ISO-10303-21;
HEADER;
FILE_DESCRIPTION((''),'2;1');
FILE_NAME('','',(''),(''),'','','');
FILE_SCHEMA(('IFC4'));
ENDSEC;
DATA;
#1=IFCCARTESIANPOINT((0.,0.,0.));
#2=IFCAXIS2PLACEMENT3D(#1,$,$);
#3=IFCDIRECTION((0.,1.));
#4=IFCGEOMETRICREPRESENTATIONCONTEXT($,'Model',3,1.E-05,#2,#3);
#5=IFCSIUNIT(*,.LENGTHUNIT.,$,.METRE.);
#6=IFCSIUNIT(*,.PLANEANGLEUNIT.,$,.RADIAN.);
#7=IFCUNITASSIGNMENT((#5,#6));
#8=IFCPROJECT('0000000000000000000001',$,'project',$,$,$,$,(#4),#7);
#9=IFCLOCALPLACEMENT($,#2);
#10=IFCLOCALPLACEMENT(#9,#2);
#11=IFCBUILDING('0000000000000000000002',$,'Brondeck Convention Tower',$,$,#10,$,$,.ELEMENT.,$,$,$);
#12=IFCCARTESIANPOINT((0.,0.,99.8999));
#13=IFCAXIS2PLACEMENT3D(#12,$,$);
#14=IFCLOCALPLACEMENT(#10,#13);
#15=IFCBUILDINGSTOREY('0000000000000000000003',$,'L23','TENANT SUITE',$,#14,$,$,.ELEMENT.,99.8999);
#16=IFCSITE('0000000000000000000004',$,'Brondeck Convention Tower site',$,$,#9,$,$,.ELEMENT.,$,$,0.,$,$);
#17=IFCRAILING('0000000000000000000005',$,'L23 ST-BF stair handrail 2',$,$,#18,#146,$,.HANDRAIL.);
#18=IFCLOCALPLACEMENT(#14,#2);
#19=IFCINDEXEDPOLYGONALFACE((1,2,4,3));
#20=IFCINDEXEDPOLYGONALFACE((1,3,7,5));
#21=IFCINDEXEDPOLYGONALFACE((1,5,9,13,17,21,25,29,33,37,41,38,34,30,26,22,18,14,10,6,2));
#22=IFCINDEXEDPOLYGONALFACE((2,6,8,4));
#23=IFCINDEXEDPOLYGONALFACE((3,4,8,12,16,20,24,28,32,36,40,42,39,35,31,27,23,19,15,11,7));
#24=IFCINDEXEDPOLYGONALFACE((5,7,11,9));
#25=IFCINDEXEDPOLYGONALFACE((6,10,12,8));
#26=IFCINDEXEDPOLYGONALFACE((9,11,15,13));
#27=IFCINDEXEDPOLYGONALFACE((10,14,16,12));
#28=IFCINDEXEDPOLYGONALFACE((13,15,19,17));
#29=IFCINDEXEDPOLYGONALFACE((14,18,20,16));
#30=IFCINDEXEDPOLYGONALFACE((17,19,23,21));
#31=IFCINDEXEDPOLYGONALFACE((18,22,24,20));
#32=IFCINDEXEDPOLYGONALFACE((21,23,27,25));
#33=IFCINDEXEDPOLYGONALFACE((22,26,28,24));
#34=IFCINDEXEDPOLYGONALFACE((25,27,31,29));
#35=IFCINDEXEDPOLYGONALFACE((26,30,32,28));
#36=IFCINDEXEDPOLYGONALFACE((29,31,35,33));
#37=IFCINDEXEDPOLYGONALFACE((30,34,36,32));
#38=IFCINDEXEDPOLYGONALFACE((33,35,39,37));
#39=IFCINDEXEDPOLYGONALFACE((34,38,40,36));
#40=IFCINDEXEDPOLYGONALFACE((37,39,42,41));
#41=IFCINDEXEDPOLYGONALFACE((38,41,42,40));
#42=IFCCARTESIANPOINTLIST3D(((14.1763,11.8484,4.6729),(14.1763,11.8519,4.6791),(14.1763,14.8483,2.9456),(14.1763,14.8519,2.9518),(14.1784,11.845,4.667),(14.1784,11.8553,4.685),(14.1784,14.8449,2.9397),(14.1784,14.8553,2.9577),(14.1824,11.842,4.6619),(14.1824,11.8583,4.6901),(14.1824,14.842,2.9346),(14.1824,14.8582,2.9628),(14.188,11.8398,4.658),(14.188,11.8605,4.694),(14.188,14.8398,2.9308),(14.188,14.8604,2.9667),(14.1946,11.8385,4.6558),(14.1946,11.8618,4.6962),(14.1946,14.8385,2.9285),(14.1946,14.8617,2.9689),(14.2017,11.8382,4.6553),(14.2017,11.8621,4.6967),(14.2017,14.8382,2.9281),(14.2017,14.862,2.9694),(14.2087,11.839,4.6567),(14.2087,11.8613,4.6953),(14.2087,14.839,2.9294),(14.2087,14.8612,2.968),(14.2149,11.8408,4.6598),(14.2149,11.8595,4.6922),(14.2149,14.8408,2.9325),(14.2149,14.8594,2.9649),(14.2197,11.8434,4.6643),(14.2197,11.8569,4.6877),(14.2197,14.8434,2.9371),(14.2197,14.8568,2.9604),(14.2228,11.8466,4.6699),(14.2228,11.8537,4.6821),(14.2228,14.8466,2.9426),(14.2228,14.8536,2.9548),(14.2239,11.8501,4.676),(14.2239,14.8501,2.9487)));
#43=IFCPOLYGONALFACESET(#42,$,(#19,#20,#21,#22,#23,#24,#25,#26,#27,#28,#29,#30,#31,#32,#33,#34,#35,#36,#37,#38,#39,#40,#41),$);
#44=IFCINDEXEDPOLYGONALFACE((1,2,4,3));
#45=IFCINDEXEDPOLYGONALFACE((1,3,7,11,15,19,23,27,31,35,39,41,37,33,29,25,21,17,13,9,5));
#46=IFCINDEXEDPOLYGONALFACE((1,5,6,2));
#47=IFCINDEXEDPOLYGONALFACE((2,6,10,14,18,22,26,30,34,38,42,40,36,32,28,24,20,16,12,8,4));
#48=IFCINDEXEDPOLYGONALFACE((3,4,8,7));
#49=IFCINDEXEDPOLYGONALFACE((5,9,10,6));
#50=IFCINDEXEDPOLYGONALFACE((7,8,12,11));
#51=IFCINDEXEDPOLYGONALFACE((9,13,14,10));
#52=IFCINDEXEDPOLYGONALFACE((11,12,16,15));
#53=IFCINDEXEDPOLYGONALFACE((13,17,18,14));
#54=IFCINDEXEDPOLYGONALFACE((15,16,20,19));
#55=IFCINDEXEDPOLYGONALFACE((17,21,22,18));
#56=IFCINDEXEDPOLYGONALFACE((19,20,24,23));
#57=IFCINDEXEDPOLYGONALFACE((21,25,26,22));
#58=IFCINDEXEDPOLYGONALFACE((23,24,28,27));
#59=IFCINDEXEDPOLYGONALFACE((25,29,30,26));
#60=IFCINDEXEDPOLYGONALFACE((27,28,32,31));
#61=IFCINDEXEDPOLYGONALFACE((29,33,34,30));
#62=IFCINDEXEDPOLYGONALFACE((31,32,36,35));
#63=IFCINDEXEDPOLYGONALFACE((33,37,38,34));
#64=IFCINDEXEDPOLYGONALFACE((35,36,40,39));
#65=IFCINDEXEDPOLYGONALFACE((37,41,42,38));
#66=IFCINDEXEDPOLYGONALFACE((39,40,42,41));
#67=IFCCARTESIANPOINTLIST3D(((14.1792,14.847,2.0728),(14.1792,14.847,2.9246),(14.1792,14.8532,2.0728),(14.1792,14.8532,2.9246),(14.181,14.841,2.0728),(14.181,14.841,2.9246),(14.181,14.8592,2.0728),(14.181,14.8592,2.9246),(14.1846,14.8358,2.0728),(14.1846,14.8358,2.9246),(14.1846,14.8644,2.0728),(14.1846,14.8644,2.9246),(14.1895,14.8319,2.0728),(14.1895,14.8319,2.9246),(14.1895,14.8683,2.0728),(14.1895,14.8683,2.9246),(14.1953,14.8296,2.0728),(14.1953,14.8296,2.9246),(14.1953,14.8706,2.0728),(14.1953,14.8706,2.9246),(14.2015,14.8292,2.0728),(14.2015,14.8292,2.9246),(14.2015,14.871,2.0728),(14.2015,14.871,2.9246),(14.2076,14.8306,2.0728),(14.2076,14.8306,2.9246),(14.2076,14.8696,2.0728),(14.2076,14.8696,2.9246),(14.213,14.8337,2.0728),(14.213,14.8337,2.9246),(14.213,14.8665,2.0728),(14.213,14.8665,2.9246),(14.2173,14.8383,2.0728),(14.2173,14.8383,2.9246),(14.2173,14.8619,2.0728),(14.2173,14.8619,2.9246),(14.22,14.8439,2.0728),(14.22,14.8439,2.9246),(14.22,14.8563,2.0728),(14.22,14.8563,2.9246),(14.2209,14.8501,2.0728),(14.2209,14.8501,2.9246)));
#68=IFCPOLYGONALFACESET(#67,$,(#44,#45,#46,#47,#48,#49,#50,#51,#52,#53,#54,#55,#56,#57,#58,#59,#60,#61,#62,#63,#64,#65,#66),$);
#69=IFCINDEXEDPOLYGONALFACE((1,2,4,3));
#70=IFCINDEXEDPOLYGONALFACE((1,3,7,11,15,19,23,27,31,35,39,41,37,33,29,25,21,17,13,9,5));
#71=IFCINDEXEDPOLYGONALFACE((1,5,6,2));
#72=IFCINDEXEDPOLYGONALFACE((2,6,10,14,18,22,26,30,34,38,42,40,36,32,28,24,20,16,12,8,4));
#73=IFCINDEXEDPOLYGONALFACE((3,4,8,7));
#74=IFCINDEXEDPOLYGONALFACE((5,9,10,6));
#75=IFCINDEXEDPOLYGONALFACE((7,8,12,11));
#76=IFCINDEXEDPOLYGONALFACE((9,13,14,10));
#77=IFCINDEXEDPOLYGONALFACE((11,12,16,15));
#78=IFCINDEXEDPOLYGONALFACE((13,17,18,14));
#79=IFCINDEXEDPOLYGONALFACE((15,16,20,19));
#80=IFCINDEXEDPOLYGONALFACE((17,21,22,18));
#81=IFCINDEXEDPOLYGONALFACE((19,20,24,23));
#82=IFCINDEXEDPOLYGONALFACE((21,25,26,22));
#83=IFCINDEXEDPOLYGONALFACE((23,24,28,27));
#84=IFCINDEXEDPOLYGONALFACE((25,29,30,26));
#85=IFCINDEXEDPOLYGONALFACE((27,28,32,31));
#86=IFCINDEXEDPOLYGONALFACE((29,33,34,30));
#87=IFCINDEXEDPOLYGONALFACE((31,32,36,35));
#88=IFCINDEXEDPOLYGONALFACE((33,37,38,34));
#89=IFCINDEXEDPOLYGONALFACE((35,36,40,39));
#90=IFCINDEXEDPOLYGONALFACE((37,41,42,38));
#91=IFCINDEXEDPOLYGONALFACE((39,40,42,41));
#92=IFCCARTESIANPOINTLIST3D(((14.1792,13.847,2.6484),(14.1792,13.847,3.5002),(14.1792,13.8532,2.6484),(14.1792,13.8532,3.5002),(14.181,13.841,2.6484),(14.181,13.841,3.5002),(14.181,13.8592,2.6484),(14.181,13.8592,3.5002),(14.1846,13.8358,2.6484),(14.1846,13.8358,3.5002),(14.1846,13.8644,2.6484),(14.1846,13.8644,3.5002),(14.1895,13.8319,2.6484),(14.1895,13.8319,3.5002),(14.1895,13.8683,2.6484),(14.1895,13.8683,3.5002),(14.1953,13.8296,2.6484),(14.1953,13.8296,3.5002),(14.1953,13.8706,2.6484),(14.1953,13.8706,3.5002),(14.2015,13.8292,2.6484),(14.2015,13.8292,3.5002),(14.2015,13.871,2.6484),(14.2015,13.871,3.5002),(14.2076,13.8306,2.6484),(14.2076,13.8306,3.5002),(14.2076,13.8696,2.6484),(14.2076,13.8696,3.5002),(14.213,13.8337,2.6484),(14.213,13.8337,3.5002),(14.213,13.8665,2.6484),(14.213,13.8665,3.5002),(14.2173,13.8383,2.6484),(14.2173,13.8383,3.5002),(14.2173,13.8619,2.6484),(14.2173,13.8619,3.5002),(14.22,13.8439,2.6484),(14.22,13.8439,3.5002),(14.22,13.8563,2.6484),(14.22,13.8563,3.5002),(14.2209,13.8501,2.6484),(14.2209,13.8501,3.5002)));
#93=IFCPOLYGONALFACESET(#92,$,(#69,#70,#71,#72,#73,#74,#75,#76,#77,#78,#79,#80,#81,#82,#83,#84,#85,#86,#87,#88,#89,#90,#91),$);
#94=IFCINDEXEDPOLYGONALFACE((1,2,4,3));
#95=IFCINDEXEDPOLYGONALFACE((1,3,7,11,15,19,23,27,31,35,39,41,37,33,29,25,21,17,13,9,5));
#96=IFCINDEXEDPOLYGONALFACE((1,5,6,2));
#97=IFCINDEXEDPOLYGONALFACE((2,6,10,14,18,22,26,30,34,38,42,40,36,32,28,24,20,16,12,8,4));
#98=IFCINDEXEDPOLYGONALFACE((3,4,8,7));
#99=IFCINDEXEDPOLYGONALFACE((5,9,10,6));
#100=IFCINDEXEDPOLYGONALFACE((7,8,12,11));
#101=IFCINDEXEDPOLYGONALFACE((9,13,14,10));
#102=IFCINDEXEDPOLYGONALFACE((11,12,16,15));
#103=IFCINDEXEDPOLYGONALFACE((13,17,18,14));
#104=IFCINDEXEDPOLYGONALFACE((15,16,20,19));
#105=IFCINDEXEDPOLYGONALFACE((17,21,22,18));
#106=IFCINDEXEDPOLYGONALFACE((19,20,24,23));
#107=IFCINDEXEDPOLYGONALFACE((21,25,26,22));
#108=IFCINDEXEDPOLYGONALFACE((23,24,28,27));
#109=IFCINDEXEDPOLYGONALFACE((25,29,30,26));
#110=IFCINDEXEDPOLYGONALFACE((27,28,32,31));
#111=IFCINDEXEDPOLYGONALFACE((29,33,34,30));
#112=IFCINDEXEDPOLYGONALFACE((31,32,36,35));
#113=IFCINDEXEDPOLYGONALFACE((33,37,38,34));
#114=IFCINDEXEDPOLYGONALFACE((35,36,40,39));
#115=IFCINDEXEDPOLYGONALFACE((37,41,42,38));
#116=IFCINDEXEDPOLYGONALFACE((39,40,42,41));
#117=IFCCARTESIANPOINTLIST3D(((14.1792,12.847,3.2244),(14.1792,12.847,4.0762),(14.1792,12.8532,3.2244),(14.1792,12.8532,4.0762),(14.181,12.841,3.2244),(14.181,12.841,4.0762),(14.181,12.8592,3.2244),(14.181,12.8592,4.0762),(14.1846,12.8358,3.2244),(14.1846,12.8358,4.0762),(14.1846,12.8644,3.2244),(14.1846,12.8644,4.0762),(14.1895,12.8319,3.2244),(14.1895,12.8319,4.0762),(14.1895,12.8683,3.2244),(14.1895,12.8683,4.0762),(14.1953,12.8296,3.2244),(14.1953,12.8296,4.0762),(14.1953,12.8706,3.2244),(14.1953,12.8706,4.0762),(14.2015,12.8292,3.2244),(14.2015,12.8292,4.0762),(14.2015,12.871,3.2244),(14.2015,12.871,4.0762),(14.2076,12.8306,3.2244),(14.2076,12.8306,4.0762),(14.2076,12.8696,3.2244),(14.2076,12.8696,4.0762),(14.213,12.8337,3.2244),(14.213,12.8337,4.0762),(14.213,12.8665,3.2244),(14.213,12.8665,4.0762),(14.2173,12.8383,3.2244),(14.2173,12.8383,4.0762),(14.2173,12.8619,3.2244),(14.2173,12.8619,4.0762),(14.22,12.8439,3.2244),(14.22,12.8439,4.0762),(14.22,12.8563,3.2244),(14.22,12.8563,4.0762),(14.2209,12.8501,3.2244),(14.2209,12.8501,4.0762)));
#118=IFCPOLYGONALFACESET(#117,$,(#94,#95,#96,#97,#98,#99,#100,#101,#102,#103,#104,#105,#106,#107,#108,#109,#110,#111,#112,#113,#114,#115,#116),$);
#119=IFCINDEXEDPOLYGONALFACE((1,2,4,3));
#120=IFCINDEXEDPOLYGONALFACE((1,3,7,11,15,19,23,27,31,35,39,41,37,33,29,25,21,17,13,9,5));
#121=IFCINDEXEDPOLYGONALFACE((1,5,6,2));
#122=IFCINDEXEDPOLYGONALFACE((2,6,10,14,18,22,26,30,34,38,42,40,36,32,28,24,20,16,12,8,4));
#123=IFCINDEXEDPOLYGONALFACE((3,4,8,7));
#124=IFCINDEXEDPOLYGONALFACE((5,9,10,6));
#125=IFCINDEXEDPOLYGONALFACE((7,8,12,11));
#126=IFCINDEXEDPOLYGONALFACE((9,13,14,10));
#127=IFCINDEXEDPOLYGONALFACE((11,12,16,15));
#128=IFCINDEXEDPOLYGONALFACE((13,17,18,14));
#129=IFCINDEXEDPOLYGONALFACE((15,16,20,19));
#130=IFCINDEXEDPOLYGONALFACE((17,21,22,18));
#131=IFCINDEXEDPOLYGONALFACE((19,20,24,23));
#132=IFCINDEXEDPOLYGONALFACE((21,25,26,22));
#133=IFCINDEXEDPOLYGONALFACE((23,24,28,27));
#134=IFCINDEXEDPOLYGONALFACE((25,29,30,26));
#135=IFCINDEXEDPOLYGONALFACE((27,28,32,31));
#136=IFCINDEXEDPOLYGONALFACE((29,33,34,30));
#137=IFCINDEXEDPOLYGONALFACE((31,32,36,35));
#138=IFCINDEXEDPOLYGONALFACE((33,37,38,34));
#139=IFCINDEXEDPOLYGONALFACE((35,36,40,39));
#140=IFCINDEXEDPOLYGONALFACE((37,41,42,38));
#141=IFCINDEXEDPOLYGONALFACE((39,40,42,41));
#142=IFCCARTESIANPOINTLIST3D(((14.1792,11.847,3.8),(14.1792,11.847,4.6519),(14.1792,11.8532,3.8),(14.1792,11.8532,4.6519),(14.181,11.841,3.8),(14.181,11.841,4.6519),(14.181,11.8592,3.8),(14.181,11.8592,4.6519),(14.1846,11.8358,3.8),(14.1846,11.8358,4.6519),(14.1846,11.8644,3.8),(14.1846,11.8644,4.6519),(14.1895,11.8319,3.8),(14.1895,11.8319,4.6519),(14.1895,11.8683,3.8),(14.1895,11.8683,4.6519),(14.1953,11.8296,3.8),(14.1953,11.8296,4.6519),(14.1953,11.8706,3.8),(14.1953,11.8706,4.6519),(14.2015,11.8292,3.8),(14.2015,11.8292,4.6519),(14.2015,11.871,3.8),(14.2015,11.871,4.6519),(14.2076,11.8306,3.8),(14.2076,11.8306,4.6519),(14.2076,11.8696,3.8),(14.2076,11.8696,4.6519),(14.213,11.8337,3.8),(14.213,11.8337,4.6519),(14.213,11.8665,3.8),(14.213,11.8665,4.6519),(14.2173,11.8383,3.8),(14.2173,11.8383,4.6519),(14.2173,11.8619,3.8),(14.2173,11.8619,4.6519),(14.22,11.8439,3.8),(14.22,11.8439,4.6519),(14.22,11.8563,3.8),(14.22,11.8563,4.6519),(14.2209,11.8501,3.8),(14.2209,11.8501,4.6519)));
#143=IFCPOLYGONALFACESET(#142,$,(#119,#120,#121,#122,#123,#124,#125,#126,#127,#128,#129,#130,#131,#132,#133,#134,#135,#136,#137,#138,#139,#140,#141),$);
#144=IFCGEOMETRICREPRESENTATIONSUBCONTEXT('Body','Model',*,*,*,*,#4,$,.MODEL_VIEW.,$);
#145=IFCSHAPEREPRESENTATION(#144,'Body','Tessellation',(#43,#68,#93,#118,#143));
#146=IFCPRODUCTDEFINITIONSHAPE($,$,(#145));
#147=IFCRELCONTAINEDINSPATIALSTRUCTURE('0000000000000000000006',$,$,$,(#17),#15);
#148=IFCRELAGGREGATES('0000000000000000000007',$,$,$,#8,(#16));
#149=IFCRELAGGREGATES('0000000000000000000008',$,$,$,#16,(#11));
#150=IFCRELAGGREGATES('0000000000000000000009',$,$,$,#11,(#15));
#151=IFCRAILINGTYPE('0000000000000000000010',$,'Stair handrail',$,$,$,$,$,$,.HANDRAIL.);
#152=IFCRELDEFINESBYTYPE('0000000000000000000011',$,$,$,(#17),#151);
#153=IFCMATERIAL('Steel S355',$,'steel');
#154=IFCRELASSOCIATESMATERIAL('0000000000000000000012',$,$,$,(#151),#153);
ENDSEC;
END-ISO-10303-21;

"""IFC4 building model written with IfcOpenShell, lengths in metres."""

from ifc_helpers import new_model, si_unit, direction, frame, origin, origin_2d, place, context, subcontext, project, spatial, circle, extrude, material, type_object, element, save


model = new_model("IFC4")

# Units and contexts
model_context = context("Model", 3, precision=1e-05, world=origin(), true_north=direction((0.0, 1.0)))
body_context = subcontext(model_context, "Body", "Model", "MODEL_VIEW")
ifc_project = project(units=[si_unit("LENGTHUNIT", "METRE"), si_unit("PLANEANGLEUNIT", "RADIAN")], contexts=[model_context])

# Site, building, storey
site_placement = place(None, origin())
site = spatial("IfcSite", under=ifc_project, at=site_placement, Name="Brondeck Convention Tower site", CompositionType="ELEMENT", RefElevation=0.0)
building_placement = place(site_placement, origin())
building = spatial("IfcBuilding", under=site, at=building_placement, Name="Brondeck Convention Tower", CompositionType="ELEMENT")
storey_placement = place(building_placement, frame((0.0, 0.0, 99.8999)))
storey = spatial("IfcBuildingStorey", under=building, at=storey_placement, Name="L23", Description="TENANT SUITE", CompositionType="ELEMENT", Elevation=99.8999)

# Shared definitions
ifc_material_1 = material(Name="Steel S355", Category="steel")

# Railing
railing_type_1 = type_object("IfcRailingType", Name="Stair handrail", PredefinedType="HANDRAIL", material=ifc_material_1)
railing_1_placement = place(storey_placement, frame((14.2, 14.8501, 2.0728)))
element("IfcRailing", 1, at=railing_1_placement, inside=storey, type_object=railing_type_1, Name="L23 ST-BF stair handrail 2", PredefinedType="HANDRAIL", context=body_context, shape_type="SweptSolid", body=[
    extrude(circle(Radius=0.0239, at=origin_2d()), frame((0.0, 0.0, 0.876), z_axis=(0.0, -0.86662, 0.498969), x_axis=(1.0, 0.0, 0.0)), (0.0, 0.0, 1.0), 3.4617),
    extrude(circle(Radius=0.021, at=origin_2d()), origin(), (0.0, 0.0, 1.0), 0.8518),
    extrude(circle(Radius=0.021, at=origin_2d()), frame((0.0, -1.0, 0.5757)), (0.0, 0.0, 1.0), 0.8518),
    extrude(circle(Radius=0.021, at=origin_2d()), frame((0.0, -2.0, 1.1516)), (0.0, 0.0, 1.0), 0.8518),
    extrude(circle(Radius=0.021, at=origin_2d()), frame((0.0, -3.0, 1.7273)), (0.0, 0.0, 1.0), 0.8518),
])

save(model, "model.ifc")
